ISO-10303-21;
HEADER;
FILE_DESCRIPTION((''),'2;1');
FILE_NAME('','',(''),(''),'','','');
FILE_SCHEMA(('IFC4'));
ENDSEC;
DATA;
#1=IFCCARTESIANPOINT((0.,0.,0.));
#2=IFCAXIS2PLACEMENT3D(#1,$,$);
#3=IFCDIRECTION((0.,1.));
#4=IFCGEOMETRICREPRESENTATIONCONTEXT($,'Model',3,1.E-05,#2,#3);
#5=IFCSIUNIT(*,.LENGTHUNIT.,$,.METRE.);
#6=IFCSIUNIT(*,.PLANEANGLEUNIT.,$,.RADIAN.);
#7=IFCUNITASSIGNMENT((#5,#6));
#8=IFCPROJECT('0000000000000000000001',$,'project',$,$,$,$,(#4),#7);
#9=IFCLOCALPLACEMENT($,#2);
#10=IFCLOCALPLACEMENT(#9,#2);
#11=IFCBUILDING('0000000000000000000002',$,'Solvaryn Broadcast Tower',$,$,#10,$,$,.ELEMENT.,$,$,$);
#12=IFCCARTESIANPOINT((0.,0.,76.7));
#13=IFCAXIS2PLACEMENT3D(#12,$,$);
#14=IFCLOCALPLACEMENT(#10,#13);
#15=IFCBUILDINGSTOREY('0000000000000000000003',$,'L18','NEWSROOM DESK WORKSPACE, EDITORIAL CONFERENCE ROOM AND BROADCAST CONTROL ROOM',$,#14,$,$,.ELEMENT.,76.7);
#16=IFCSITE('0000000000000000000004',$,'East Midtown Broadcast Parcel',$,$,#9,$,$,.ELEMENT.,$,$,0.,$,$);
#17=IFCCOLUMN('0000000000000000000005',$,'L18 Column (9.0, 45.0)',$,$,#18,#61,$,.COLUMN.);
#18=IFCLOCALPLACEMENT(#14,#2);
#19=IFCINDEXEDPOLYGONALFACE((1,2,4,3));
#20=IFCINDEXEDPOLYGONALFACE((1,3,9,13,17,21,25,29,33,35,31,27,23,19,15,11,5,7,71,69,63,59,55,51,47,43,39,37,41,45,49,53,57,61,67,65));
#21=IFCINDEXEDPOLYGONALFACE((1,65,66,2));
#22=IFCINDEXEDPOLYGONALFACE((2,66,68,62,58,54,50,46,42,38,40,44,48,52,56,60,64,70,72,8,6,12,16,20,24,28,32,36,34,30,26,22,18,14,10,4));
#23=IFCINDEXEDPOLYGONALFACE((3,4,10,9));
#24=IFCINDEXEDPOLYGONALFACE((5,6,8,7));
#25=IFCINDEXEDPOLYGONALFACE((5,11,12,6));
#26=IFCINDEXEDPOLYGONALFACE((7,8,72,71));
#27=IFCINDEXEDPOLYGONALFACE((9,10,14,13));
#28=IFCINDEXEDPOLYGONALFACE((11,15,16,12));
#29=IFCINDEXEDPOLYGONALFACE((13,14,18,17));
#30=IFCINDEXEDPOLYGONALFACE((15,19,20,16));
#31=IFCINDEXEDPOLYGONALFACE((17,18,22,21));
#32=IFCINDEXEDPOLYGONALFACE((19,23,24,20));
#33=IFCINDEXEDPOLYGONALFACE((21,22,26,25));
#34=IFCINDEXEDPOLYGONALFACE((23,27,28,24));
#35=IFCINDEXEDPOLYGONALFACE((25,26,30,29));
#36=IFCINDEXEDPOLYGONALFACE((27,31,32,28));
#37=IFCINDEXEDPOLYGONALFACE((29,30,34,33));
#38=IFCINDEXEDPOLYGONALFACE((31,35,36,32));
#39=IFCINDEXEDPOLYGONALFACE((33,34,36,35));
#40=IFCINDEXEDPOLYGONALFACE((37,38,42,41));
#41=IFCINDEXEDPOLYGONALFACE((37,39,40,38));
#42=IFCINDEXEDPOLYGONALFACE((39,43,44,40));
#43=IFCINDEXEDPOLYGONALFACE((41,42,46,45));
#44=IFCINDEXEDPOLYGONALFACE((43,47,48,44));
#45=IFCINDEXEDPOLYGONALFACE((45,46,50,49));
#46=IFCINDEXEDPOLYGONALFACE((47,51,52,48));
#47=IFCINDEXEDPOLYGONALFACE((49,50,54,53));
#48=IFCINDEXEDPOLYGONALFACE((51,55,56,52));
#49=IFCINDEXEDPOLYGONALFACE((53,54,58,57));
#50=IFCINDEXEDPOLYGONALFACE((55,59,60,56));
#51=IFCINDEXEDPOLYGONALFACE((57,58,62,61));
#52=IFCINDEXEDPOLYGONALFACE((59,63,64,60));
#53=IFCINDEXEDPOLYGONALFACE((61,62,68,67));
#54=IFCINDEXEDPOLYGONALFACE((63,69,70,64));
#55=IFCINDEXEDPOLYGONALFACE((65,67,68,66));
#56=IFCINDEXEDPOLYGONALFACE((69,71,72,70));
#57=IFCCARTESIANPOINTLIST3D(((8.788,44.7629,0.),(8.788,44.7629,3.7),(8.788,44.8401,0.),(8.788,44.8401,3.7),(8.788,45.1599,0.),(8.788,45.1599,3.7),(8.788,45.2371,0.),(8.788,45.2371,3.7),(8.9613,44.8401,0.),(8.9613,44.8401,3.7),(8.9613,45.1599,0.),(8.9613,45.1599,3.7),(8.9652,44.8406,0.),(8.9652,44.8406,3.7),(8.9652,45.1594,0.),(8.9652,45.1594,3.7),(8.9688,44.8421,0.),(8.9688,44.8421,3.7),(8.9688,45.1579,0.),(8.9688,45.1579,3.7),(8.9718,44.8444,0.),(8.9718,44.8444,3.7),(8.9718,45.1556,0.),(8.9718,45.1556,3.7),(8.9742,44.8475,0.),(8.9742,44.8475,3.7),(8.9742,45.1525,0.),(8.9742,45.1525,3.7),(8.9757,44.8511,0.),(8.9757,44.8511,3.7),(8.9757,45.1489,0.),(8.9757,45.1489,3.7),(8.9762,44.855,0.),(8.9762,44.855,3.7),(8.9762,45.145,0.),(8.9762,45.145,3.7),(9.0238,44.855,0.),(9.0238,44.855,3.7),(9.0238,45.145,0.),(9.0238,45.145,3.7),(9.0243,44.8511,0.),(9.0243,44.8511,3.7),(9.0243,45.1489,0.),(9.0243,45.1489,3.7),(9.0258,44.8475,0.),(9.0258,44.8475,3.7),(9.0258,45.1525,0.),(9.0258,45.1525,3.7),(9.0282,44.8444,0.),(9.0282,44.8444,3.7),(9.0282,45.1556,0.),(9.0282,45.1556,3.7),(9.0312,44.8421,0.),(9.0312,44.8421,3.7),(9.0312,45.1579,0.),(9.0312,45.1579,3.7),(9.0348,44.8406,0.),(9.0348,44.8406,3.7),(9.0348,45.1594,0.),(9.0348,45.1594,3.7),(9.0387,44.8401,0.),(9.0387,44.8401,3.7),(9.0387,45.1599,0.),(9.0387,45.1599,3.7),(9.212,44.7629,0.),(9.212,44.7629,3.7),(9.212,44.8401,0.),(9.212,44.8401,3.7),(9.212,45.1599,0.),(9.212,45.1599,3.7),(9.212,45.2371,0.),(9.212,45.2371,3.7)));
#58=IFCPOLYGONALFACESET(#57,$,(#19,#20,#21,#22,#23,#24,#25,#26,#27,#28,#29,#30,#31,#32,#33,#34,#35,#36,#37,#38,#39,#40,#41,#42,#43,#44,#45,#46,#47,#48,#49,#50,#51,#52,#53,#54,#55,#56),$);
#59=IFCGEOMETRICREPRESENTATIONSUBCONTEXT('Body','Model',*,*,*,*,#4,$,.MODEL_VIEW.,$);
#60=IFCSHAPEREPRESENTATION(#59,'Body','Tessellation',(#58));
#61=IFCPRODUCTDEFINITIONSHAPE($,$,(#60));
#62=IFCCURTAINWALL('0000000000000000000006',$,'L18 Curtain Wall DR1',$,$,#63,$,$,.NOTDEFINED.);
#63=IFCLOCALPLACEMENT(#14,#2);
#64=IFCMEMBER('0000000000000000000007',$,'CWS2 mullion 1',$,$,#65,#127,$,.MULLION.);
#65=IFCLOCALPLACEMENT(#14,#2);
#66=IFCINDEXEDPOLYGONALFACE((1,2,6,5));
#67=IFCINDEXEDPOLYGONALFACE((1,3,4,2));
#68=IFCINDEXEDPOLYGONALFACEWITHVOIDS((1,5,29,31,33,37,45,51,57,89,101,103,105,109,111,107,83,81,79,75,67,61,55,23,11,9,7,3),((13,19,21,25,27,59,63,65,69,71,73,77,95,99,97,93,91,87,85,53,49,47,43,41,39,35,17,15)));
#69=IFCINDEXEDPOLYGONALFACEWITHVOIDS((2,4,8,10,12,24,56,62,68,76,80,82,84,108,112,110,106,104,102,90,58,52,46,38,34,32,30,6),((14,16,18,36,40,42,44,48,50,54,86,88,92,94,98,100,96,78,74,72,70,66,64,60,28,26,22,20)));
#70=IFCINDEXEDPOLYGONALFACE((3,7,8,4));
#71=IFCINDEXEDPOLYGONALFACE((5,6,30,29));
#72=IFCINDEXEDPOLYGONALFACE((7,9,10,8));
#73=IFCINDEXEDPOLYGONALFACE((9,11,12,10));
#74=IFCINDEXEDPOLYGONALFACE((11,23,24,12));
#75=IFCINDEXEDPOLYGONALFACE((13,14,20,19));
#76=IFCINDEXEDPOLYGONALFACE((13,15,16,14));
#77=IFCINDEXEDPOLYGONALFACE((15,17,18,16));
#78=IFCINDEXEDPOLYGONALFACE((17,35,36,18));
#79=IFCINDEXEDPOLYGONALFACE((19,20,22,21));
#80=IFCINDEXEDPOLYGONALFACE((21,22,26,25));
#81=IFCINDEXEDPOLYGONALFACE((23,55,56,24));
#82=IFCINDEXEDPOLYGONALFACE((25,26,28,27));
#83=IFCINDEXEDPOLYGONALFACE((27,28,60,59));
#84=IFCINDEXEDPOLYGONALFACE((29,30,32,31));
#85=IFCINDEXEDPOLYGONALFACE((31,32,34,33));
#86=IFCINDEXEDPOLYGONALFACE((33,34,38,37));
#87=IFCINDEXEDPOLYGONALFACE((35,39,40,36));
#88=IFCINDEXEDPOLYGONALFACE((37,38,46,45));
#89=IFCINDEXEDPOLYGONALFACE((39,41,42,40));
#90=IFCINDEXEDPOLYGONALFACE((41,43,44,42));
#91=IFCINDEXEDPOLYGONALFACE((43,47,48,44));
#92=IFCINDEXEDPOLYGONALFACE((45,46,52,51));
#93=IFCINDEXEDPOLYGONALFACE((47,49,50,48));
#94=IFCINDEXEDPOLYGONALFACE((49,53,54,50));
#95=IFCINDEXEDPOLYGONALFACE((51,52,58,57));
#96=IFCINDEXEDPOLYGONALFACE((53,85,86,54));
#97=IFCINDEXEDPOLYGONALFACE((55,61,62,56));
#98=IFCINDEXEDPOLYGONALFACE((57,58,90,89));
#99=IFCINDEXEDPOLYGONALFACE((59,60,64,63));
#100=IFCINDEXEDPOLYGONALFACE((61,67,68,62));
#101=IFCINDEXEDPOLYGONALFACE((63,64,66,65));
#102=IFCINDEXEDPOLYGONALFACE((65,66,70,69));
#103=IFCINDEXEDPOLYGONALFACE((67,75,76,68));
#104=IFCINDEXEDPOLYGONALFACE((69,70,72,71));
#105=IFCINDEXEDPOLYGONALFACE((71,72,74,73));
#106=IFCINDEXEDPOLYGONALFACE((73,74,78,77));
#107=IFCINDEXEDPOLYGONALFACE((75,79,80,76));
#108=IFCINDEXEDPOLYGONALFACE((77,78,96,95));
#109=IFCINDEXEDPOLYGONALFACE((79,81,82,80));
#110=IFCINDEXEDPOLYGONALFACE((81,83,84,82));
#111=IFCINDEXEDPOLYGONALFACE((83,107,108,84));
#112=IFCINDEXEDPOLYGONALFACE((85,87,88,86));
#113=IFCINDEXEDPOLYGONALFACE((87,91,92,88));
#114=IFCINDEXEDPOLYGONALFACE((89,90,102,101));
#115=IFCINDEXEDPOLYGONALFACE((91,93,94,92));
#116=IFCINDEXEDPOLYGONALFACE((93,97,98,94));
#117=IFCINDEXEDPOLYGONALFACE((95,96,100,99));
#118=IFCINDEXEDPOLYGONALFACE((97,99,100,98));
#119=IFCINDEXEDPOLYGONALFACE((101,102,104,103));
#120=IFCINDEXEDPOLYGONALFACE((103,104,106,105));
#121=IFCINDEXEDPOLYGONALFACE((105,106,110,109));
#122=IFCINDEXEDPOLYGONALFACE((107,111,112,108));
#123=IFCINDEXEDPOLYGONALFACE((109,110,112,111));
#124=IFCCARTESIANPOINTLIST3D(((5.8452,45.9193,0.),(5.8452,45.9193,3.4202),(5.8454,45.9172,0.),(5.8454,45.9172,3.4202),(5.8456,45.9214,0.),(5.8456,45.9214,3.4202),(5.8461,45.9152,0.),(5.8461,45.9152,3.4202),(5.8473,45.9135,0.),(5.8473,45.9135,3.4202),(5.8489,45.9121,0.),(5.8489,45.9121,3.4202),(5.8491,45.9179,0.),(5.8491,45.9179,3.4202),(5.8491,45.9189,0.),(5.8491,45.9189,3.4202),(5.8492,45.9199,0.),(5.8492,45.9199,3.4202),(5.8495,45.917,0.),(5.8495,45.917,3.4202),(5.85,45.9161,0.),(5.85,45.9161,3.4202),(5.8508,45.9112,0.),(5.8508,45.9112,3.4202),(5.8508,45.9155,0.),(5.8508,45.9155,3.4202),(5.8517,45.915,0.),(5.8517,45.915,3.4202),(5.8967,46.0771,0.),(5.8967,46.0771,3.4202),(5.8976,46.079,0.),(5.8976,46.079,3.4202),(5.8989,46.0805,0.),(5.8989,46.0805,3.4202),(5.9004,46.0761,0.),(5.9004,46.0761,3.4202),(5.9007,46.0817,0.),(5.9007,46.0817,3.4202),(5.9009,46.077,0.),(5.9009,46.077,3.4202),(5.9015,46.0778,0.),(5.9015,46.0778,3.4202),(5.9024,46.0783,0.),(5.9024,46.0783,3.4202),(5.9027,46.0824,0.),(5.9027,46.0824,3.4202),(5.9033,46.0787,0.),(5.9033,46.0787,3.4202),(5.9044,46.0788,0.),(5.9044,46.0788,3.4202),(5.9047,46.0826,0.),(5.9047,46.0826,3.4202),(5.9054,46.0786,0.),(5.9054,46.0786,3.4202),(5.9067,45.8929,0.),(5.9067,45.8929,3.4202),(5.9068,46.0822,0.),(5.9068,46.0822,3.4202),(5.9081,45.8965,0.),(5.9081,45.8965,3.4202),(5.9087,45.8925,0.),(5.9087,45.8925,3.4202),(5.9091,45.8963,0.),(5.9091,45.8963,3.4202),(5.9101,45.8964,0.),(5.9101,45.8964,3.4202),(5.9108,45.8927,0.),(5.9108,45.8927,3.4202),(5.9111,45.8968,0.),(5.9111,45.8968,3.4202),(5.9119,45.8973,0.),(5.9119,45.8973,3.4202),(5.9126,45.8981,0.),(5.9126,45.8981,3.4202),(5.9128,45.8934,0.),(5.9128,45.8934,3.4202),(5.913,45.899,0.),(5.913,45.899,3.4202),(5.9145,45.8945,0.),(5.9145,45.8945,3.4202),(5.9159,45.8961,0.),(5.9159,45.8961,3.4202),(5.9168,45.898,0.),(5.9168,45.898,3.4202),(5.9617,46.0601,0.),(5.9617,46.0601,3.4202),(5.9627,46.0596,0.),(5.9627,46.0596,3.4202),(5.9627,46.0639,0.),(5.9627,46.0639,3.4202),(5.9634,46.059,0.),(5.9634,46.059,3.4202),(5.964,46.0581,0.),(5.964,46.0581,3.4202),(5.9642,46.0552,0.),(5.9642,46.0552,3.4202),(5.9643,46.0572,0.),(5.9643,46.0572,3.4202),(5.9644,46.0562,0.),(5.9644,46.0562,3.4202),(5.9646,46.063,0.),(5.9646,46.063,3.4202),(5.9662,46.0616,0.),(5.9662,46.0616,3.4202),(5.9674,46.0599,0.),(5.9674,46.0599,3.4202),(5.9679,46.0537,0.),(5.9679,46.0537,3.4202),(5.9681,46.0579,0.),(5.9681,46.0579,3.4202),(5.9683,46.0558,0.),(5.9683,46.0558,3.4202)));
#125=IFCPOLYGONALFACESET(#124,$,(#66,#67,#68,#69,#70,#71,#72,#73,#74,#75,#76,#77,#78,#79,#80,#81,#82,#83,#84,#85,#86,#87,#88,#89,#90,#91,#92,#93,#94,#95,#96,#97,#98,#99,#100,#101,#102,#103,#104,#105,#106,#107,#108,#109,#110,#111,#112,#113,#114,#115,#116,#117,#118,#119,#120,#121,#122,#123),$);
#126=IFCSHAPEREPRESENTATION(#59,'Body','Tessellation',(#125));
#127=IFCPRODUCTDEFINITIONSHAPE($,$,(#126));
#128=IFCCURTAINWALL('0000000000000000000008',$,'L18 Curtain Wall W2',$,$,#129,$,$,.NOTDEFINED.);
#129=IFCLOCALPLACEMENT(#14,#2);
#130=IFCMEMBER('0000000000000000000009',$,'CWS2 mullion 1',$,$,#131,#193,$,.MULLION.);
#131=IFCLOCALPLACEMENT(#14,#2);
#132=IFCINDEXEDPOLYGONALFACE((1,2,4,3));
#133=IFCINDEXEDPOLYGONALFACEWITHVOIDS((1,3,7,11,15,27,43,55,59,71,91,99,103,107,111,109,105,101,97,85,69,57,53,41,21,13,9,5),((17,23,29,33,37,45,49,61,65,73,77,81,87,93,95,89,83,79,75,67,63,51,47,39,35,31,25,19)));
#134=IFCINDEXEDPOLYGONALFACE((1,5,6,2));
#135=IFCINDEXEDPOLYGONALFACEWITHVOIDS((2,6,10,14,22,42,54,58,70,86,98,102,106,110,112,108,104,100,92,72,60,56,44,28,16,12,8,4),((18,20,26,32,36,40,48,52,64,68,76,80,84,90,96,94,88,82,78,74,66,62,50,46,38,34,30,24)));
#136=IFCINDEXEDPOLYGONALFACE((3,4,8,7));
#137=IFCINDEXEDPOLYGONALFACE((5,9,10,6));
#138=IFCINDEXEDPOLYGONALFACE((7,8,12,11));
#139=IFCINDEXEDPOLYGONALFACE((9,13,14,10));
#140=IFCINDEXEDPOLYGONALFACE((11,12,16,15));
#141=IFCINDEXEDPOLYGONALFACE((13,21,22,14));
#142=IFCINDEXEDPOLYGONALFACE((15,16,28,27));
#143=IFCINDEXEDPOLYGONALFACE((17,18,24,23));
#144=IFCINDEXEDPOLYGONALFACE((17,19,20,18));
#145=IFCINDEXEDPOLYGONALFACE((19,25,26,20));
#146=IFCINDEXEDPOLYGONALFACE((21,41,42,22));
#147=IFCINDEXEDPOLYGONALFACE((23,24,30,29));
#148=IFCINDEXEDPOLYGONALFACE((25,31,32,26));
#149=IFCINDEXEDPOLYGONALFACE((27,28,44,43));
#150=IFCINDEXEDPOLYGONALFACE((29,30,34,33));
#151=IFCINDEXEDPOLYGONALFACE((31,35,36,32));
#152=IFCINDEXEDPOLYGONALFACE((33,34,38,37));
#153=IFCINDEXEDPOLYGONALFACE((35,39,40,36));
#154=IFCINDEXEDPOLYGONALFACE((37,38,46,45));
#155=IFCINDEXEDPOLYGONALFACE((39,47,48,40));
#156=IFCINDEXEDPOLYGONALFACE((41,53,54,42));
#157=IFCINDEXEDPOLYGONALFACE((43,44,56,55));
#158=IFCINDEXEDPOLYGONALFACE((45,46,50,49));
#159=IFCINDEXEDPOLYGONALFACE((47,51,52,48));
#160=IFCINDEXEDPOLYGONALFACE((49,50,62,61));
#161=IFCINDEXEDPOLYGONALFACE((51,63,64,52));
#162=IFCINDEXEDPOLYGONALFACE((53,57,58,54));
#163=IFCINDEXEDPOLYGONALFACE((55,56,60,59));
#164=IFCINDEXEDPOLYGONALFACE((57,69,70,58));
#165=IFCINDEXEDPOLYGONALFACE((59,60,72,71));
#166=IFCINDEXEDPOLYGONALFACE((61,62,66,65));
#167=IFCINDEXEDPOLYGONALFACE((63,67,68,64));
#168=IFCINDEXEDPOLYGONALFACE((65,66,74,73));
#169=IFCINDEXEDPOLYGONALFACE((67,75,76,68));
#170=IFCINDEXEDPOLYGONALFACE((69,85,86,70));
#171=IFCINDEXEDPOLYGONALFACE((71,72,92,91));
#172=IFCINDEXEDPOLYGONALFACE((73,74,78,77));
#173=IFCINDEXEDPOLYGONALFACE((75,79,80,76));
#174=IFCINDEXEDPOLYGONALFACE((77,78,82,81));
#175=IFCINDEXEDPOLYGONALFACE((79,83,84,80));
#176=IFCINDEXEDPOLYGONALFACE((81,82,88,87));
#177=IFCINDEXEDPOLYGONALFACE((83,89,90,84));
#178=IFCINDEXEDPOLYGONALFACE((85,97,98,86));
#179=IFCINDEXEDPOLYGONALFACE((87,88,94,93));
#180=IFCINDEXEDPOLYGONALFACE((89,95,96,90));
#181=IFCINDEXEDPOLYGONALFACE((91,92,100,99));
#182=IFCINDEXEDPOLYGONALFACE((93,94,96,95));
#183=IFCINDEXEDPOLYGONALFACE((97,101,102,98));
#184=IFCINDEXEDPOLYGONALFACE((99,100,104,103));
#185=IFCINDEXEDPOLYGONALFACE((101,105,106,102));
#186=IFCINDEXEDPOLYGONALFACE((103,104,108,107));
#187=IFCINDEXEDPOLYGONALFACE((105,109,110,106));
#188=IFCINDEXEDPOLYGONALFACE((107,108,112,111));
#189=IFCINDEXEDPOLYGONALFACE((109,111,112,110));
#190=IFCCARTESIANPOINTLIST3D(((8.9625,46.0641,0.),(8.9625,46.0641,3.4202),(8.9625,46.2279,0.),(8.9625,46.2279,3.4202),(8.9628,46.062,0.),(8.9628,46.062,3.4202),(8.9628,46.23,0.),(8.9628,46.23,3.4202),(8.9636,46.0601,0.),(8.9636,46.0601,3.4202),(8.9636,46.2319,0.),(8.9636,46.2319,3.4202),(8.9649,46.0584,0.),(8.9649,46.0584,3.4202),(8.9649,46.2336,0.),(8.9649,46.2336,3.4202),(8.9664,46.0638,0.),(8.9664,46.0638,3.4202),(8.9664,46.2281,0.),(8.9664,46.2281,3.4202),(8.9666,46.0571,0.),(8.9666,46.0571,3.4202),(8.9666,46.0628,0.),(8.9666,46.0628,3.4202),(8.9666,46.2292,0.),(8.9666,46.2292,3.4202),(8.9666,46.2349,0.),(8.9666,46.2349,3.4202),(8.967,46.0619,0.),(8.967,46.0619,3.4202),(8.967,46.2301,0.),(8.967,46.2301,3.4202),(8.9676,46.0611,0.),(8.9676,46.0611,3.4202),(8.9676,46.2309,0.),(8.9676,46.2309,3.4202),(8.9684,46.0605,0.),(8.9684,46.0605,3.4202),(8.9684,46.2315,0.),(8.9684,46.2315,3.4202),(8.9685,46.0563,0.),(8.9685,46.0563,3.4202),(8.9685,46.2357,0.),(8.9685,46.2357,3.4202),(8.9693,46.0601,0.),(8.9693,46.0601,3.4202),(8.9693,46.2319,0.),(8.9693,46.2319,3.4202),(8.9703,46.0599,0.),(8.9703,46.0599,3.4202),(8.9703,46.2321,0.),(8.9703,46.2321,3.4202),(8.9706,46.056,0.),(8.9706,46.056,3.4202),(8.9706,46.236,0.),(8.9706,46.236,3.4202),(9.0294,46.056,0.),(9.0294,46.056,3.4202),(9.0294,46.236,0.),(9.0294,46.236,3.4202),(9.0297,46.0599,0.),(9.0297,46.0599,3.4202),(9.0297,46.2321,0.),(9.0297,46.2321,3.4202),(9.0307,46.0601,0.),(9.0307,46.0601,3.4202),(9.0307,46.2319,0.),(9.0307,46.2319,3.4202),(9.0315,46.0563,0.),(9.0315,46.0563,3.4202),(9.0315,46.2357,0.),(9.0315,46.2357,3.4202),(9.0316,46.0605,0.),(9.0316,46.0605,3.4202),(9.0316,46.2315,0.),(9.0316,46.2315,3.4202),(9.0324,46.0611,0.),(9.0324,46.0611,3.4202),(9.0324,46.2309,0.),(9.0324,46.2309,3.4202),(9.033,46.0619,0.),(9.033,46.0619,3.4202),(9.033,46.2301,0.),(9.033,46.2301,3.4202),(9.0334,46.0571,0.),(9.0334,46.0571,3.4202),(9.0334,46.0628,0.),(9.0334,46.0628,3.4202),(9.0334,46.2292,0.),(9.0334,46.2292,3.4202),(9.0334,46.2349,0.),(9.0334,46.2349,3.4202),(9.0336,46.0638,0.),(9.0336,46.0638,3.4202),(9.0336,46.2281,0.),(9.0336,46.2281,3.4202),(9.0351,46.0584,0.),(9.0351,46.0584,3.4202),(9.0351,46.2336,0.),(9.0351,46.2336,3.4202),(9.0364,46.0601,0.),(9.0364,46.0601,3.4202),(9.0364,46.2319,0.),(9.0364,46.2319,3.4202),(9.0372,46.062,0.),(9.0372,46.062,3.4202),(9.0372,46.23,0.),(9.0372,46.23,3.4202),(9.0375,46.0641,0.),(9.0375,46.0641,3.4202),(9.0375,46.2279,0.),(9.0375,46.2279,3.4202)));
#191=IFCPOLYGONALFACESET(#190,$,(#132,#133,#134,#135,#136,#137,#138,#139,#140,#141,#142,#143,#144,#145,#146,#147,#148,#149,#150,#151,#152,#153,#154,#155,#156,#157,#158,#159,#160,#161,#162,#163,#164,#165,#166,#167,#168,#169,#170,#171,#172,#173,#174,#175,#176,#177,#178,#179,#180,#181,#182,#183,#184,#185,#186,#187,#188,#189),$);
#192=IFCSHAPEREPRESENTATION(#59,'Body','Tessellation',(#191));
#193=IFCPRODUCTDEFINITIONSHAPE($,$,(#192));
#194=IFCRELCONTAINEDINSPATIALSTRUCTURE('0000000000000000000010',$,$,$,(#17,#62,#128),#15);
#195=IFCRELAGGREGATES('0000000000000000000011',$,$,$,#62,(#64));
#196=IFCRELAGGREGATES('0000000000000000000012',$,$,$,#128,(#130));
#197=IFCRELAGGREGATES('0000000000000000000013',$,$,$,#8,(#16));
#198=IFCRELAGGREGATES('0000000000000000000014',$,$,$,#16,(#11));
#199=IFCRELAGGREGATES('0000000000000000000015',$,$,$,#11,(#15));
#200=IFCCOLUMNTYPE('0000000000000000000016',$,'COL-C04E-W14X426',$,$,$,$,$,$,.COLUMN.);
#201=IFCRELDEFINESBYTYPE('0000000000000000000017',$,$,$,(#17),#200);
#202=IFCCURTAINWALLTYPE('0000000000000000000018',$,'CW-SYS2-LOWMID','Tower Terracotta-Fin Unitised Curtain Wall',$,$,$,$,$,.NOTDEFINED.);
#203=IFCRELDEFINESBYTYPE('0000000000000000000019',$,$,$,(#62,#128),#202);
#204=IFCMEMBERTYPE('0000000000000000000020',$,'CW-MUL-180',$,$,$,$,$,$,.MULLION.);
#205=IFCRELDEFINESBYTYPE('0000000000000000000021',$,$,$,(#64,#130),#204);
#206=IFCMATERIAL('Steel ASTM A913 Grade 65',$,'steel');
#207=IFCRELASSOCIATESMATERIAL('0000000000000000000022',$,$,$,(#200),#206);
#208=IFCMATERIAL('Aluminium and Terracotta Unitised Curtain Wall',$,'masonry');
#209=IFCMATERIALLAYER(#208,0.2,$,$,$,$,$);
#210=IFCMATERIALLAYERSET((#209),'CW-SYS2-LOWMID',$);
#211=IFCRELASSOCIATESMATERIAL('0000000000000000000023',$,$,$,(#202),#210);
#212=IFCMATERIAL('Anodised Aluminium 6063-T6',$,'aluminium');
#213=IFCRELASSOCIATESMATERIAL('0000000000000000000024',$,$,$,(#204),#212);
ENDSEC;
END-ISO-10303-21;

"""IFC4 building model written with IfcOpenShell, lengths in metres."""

from ifc_helpers import new_model, si_unit, direction, frame, origin, origin_2d, place, context, subcontext, project, spatial, hollow_rectangle, i_section, extrude, material, layer, layer_set, material_profile, profile_set, type_object, element, aggregate, save


model = new_model("IFC4")

# Units and contexts
model_context = context("Model", 3, precision=1e-05, world=origin(), true_north=direction((0.0, 1.0)))
body_context = subcontext(model_context, "Body", "Model", "MODEL_VIEW")
ifc_project = project(units=[si_unit("LENGTHUNIT", "METRE"), si_unit("PLANEANGLEUNIT", "RADIAN")], contexts=[model_context])

# Site, building, storey
site_placement = place(None, origin())
site = spatial("IfcSite", under=ifc_project, at=site_placement, Name="East Midtown Broadcast Parcel", CompositionType="ELEMENT", RefElevation=0.0)
building_placement = place(site_placement, origin())
building = spatial("IfcBuilding", under=site, at=building_placement, Name="Solvaryn Broadcast Tower", CompositionType="ELEMENT")
storey_placement = place(building_placement, frame((0.0, 0.0, 76.7)))
storey = spatial("IfcBuildingStorey", under=building, at=storey_placement, Name="L18", Description="NEWSROOM DESK WORKSPACE, EDITORIAL CONFERENCE ROOM AND BROADCAST CONTROL ROOM", CompositionType="ELEMENT", Elevation=76.7)

# Column
ifc_material_1 = material(Name="Steel ASTM A913 Grade 65", Category="steel")
ifc_material_profile_1 = material_profile(ifc_material_1, i_section(OverallWidth=0.4241, OverallDepth=0.4741, WebThickness=0.0476, FlangeThickness=0.0771, FilletRadius=0.0149, at=origin_2d()))
ifc_profile_set_1 = profile_set([ifc_material_profile_1], Name="Steel ASTM A913 Grade 65")
column_type = type_object("IfcColumnType", Name="COL-C04E-W14X426", PredefinedType="COLUMN", material=ifc_profile_set_1)
column_placement = place(storey_placement, frame((9.0, 45.0, 0.0), z_axis=(0.0, 0.0, 1.0), x_axis=(1.0, 0.0, 0.0)))
element("IfcColumn", 1, at=column_placement, inside=storey, type_object=column_type, Name="L18 Column (9.0, 45.0)", PredefinedType="COLUMN", context=body_context, shape_type="SweptSolid", body=[
    extrude(i_section(OverallWidth=0.4241, OverallDepth=0.4741, WebThickness=0.0476, FlangeThickness=0.0771, FilletRadius=0.0149, at=origin_2d()), origin(), (0.0, 0.0, 1.0), 3.7),
])

# Curtain wall, member
ifc_material_2 = material(Name="Aluminium and Terracotta Unitised Curtain Wall", Category="masonry")
ifc_layer_1 = layer(ifc_material_2, 0.2)
ifc_layer_set_1 = layer_set([ifc_layer_1], Name="CW-SYS2-LOWMID")
curtain_wall_type = type_object("IfcCurtainWallType", Name="CW-SYS2-LOWMID", Description="Tower Terracotta-Fin Unitised Curtain Wall", PredefinedType="NOTDEFINED", material=ifc_layer_set_1)
curtain_wall_1_placement = place(storey_placement, origin())
curtain_wall_1 = element("IfcCurtainWall", 2, at=curtain_wall_1_placement, inside=storey, type_object=curtain_wall_type, Name="L18 Curtain Wall DR1", PredefinedType="NOTDEFINED")
ifc_material_3 = material(Name="Anodised Aluminium 6063-T6", Category="aluminium")
ifc_material_profile_2 = material_profile(ifc_material_3, hollow_rectangle(XDim=0.075, YDim=0.1799, WallThickness=0.0039, InnerFilletRadius=0.0039, OuterFilletRadius=0.0081, at=origin_2d()))
ifc_profile_set_2 = profile_set([ifc_material_profile_2], Name="Anodised Aluminium 6063-T6")
member_type_1 = type_object("IfcMemberType", Name="CW-MUL-180", PredefinedType="MULLION", material=ifc_profile_set_2)
member_1_placement = place(storey_placement, frame((5.9067, 45.9875, 0.0), z_axis=(0.0, 0.0, 1.0), x_axis=(0.950215, -0.311594, 0.0)))
member_1 = element("IfcMember", 3, at=member_1_placement, type_object=member_type_1, Name="CWS2 mullion 1", PredefinedType="MULLION", context=body_context, shape_type="SweptSolid", body=[
    extrude(hollow_rectangle(XDim=0.075, YDim=0.1799, WallThickness=0.0039, InnerFilletRadius=0.0039, OuterFilletRadius=0.0081, at=origin_2d()), origin(), (0.0, 0.0, 1.0), 3.4202),
])

# Curtain wall, member
curtain_wall_2_placement = place(storey_placement, origin())
curtain_wall_2 = element("IfcCurtainWall", 4, at=curtain_wall_2_placement, inside=storey, type_object=curtain_wall_type, Name="L18 Curtain Wall W2", PredefinedType="NOTDEFINED")
member_2_placement = place(storey_placement, frame((9.0, 46.146, 0.0), z_axis=(0.0, 0.0, 1.0), x_axis=(-1.0, 0.0, 0.0)))
member_2 = element("IfcMember", 5, at=member_2_placement, type_object=member_type_1, Name="CWS2 mullion 1", PredefinedType="MULLION", context=body_context, shape_type="SweptSolid", body=[
    extrude(hollow_rectangle(XDim=0.075, YDim=0.1799, WallThickness=0.0039, InnerFilletRadius=0.0039, OuterFilletRadius=0.0081, at=origin_2d()), origin(), (0.0, 0.0, 1.0), 3.4202),
])

aggregate(curtain_wall_1, [member_1])

aggregate(curtain_wall_2, [member_2])

save(model, "model.ifc")
